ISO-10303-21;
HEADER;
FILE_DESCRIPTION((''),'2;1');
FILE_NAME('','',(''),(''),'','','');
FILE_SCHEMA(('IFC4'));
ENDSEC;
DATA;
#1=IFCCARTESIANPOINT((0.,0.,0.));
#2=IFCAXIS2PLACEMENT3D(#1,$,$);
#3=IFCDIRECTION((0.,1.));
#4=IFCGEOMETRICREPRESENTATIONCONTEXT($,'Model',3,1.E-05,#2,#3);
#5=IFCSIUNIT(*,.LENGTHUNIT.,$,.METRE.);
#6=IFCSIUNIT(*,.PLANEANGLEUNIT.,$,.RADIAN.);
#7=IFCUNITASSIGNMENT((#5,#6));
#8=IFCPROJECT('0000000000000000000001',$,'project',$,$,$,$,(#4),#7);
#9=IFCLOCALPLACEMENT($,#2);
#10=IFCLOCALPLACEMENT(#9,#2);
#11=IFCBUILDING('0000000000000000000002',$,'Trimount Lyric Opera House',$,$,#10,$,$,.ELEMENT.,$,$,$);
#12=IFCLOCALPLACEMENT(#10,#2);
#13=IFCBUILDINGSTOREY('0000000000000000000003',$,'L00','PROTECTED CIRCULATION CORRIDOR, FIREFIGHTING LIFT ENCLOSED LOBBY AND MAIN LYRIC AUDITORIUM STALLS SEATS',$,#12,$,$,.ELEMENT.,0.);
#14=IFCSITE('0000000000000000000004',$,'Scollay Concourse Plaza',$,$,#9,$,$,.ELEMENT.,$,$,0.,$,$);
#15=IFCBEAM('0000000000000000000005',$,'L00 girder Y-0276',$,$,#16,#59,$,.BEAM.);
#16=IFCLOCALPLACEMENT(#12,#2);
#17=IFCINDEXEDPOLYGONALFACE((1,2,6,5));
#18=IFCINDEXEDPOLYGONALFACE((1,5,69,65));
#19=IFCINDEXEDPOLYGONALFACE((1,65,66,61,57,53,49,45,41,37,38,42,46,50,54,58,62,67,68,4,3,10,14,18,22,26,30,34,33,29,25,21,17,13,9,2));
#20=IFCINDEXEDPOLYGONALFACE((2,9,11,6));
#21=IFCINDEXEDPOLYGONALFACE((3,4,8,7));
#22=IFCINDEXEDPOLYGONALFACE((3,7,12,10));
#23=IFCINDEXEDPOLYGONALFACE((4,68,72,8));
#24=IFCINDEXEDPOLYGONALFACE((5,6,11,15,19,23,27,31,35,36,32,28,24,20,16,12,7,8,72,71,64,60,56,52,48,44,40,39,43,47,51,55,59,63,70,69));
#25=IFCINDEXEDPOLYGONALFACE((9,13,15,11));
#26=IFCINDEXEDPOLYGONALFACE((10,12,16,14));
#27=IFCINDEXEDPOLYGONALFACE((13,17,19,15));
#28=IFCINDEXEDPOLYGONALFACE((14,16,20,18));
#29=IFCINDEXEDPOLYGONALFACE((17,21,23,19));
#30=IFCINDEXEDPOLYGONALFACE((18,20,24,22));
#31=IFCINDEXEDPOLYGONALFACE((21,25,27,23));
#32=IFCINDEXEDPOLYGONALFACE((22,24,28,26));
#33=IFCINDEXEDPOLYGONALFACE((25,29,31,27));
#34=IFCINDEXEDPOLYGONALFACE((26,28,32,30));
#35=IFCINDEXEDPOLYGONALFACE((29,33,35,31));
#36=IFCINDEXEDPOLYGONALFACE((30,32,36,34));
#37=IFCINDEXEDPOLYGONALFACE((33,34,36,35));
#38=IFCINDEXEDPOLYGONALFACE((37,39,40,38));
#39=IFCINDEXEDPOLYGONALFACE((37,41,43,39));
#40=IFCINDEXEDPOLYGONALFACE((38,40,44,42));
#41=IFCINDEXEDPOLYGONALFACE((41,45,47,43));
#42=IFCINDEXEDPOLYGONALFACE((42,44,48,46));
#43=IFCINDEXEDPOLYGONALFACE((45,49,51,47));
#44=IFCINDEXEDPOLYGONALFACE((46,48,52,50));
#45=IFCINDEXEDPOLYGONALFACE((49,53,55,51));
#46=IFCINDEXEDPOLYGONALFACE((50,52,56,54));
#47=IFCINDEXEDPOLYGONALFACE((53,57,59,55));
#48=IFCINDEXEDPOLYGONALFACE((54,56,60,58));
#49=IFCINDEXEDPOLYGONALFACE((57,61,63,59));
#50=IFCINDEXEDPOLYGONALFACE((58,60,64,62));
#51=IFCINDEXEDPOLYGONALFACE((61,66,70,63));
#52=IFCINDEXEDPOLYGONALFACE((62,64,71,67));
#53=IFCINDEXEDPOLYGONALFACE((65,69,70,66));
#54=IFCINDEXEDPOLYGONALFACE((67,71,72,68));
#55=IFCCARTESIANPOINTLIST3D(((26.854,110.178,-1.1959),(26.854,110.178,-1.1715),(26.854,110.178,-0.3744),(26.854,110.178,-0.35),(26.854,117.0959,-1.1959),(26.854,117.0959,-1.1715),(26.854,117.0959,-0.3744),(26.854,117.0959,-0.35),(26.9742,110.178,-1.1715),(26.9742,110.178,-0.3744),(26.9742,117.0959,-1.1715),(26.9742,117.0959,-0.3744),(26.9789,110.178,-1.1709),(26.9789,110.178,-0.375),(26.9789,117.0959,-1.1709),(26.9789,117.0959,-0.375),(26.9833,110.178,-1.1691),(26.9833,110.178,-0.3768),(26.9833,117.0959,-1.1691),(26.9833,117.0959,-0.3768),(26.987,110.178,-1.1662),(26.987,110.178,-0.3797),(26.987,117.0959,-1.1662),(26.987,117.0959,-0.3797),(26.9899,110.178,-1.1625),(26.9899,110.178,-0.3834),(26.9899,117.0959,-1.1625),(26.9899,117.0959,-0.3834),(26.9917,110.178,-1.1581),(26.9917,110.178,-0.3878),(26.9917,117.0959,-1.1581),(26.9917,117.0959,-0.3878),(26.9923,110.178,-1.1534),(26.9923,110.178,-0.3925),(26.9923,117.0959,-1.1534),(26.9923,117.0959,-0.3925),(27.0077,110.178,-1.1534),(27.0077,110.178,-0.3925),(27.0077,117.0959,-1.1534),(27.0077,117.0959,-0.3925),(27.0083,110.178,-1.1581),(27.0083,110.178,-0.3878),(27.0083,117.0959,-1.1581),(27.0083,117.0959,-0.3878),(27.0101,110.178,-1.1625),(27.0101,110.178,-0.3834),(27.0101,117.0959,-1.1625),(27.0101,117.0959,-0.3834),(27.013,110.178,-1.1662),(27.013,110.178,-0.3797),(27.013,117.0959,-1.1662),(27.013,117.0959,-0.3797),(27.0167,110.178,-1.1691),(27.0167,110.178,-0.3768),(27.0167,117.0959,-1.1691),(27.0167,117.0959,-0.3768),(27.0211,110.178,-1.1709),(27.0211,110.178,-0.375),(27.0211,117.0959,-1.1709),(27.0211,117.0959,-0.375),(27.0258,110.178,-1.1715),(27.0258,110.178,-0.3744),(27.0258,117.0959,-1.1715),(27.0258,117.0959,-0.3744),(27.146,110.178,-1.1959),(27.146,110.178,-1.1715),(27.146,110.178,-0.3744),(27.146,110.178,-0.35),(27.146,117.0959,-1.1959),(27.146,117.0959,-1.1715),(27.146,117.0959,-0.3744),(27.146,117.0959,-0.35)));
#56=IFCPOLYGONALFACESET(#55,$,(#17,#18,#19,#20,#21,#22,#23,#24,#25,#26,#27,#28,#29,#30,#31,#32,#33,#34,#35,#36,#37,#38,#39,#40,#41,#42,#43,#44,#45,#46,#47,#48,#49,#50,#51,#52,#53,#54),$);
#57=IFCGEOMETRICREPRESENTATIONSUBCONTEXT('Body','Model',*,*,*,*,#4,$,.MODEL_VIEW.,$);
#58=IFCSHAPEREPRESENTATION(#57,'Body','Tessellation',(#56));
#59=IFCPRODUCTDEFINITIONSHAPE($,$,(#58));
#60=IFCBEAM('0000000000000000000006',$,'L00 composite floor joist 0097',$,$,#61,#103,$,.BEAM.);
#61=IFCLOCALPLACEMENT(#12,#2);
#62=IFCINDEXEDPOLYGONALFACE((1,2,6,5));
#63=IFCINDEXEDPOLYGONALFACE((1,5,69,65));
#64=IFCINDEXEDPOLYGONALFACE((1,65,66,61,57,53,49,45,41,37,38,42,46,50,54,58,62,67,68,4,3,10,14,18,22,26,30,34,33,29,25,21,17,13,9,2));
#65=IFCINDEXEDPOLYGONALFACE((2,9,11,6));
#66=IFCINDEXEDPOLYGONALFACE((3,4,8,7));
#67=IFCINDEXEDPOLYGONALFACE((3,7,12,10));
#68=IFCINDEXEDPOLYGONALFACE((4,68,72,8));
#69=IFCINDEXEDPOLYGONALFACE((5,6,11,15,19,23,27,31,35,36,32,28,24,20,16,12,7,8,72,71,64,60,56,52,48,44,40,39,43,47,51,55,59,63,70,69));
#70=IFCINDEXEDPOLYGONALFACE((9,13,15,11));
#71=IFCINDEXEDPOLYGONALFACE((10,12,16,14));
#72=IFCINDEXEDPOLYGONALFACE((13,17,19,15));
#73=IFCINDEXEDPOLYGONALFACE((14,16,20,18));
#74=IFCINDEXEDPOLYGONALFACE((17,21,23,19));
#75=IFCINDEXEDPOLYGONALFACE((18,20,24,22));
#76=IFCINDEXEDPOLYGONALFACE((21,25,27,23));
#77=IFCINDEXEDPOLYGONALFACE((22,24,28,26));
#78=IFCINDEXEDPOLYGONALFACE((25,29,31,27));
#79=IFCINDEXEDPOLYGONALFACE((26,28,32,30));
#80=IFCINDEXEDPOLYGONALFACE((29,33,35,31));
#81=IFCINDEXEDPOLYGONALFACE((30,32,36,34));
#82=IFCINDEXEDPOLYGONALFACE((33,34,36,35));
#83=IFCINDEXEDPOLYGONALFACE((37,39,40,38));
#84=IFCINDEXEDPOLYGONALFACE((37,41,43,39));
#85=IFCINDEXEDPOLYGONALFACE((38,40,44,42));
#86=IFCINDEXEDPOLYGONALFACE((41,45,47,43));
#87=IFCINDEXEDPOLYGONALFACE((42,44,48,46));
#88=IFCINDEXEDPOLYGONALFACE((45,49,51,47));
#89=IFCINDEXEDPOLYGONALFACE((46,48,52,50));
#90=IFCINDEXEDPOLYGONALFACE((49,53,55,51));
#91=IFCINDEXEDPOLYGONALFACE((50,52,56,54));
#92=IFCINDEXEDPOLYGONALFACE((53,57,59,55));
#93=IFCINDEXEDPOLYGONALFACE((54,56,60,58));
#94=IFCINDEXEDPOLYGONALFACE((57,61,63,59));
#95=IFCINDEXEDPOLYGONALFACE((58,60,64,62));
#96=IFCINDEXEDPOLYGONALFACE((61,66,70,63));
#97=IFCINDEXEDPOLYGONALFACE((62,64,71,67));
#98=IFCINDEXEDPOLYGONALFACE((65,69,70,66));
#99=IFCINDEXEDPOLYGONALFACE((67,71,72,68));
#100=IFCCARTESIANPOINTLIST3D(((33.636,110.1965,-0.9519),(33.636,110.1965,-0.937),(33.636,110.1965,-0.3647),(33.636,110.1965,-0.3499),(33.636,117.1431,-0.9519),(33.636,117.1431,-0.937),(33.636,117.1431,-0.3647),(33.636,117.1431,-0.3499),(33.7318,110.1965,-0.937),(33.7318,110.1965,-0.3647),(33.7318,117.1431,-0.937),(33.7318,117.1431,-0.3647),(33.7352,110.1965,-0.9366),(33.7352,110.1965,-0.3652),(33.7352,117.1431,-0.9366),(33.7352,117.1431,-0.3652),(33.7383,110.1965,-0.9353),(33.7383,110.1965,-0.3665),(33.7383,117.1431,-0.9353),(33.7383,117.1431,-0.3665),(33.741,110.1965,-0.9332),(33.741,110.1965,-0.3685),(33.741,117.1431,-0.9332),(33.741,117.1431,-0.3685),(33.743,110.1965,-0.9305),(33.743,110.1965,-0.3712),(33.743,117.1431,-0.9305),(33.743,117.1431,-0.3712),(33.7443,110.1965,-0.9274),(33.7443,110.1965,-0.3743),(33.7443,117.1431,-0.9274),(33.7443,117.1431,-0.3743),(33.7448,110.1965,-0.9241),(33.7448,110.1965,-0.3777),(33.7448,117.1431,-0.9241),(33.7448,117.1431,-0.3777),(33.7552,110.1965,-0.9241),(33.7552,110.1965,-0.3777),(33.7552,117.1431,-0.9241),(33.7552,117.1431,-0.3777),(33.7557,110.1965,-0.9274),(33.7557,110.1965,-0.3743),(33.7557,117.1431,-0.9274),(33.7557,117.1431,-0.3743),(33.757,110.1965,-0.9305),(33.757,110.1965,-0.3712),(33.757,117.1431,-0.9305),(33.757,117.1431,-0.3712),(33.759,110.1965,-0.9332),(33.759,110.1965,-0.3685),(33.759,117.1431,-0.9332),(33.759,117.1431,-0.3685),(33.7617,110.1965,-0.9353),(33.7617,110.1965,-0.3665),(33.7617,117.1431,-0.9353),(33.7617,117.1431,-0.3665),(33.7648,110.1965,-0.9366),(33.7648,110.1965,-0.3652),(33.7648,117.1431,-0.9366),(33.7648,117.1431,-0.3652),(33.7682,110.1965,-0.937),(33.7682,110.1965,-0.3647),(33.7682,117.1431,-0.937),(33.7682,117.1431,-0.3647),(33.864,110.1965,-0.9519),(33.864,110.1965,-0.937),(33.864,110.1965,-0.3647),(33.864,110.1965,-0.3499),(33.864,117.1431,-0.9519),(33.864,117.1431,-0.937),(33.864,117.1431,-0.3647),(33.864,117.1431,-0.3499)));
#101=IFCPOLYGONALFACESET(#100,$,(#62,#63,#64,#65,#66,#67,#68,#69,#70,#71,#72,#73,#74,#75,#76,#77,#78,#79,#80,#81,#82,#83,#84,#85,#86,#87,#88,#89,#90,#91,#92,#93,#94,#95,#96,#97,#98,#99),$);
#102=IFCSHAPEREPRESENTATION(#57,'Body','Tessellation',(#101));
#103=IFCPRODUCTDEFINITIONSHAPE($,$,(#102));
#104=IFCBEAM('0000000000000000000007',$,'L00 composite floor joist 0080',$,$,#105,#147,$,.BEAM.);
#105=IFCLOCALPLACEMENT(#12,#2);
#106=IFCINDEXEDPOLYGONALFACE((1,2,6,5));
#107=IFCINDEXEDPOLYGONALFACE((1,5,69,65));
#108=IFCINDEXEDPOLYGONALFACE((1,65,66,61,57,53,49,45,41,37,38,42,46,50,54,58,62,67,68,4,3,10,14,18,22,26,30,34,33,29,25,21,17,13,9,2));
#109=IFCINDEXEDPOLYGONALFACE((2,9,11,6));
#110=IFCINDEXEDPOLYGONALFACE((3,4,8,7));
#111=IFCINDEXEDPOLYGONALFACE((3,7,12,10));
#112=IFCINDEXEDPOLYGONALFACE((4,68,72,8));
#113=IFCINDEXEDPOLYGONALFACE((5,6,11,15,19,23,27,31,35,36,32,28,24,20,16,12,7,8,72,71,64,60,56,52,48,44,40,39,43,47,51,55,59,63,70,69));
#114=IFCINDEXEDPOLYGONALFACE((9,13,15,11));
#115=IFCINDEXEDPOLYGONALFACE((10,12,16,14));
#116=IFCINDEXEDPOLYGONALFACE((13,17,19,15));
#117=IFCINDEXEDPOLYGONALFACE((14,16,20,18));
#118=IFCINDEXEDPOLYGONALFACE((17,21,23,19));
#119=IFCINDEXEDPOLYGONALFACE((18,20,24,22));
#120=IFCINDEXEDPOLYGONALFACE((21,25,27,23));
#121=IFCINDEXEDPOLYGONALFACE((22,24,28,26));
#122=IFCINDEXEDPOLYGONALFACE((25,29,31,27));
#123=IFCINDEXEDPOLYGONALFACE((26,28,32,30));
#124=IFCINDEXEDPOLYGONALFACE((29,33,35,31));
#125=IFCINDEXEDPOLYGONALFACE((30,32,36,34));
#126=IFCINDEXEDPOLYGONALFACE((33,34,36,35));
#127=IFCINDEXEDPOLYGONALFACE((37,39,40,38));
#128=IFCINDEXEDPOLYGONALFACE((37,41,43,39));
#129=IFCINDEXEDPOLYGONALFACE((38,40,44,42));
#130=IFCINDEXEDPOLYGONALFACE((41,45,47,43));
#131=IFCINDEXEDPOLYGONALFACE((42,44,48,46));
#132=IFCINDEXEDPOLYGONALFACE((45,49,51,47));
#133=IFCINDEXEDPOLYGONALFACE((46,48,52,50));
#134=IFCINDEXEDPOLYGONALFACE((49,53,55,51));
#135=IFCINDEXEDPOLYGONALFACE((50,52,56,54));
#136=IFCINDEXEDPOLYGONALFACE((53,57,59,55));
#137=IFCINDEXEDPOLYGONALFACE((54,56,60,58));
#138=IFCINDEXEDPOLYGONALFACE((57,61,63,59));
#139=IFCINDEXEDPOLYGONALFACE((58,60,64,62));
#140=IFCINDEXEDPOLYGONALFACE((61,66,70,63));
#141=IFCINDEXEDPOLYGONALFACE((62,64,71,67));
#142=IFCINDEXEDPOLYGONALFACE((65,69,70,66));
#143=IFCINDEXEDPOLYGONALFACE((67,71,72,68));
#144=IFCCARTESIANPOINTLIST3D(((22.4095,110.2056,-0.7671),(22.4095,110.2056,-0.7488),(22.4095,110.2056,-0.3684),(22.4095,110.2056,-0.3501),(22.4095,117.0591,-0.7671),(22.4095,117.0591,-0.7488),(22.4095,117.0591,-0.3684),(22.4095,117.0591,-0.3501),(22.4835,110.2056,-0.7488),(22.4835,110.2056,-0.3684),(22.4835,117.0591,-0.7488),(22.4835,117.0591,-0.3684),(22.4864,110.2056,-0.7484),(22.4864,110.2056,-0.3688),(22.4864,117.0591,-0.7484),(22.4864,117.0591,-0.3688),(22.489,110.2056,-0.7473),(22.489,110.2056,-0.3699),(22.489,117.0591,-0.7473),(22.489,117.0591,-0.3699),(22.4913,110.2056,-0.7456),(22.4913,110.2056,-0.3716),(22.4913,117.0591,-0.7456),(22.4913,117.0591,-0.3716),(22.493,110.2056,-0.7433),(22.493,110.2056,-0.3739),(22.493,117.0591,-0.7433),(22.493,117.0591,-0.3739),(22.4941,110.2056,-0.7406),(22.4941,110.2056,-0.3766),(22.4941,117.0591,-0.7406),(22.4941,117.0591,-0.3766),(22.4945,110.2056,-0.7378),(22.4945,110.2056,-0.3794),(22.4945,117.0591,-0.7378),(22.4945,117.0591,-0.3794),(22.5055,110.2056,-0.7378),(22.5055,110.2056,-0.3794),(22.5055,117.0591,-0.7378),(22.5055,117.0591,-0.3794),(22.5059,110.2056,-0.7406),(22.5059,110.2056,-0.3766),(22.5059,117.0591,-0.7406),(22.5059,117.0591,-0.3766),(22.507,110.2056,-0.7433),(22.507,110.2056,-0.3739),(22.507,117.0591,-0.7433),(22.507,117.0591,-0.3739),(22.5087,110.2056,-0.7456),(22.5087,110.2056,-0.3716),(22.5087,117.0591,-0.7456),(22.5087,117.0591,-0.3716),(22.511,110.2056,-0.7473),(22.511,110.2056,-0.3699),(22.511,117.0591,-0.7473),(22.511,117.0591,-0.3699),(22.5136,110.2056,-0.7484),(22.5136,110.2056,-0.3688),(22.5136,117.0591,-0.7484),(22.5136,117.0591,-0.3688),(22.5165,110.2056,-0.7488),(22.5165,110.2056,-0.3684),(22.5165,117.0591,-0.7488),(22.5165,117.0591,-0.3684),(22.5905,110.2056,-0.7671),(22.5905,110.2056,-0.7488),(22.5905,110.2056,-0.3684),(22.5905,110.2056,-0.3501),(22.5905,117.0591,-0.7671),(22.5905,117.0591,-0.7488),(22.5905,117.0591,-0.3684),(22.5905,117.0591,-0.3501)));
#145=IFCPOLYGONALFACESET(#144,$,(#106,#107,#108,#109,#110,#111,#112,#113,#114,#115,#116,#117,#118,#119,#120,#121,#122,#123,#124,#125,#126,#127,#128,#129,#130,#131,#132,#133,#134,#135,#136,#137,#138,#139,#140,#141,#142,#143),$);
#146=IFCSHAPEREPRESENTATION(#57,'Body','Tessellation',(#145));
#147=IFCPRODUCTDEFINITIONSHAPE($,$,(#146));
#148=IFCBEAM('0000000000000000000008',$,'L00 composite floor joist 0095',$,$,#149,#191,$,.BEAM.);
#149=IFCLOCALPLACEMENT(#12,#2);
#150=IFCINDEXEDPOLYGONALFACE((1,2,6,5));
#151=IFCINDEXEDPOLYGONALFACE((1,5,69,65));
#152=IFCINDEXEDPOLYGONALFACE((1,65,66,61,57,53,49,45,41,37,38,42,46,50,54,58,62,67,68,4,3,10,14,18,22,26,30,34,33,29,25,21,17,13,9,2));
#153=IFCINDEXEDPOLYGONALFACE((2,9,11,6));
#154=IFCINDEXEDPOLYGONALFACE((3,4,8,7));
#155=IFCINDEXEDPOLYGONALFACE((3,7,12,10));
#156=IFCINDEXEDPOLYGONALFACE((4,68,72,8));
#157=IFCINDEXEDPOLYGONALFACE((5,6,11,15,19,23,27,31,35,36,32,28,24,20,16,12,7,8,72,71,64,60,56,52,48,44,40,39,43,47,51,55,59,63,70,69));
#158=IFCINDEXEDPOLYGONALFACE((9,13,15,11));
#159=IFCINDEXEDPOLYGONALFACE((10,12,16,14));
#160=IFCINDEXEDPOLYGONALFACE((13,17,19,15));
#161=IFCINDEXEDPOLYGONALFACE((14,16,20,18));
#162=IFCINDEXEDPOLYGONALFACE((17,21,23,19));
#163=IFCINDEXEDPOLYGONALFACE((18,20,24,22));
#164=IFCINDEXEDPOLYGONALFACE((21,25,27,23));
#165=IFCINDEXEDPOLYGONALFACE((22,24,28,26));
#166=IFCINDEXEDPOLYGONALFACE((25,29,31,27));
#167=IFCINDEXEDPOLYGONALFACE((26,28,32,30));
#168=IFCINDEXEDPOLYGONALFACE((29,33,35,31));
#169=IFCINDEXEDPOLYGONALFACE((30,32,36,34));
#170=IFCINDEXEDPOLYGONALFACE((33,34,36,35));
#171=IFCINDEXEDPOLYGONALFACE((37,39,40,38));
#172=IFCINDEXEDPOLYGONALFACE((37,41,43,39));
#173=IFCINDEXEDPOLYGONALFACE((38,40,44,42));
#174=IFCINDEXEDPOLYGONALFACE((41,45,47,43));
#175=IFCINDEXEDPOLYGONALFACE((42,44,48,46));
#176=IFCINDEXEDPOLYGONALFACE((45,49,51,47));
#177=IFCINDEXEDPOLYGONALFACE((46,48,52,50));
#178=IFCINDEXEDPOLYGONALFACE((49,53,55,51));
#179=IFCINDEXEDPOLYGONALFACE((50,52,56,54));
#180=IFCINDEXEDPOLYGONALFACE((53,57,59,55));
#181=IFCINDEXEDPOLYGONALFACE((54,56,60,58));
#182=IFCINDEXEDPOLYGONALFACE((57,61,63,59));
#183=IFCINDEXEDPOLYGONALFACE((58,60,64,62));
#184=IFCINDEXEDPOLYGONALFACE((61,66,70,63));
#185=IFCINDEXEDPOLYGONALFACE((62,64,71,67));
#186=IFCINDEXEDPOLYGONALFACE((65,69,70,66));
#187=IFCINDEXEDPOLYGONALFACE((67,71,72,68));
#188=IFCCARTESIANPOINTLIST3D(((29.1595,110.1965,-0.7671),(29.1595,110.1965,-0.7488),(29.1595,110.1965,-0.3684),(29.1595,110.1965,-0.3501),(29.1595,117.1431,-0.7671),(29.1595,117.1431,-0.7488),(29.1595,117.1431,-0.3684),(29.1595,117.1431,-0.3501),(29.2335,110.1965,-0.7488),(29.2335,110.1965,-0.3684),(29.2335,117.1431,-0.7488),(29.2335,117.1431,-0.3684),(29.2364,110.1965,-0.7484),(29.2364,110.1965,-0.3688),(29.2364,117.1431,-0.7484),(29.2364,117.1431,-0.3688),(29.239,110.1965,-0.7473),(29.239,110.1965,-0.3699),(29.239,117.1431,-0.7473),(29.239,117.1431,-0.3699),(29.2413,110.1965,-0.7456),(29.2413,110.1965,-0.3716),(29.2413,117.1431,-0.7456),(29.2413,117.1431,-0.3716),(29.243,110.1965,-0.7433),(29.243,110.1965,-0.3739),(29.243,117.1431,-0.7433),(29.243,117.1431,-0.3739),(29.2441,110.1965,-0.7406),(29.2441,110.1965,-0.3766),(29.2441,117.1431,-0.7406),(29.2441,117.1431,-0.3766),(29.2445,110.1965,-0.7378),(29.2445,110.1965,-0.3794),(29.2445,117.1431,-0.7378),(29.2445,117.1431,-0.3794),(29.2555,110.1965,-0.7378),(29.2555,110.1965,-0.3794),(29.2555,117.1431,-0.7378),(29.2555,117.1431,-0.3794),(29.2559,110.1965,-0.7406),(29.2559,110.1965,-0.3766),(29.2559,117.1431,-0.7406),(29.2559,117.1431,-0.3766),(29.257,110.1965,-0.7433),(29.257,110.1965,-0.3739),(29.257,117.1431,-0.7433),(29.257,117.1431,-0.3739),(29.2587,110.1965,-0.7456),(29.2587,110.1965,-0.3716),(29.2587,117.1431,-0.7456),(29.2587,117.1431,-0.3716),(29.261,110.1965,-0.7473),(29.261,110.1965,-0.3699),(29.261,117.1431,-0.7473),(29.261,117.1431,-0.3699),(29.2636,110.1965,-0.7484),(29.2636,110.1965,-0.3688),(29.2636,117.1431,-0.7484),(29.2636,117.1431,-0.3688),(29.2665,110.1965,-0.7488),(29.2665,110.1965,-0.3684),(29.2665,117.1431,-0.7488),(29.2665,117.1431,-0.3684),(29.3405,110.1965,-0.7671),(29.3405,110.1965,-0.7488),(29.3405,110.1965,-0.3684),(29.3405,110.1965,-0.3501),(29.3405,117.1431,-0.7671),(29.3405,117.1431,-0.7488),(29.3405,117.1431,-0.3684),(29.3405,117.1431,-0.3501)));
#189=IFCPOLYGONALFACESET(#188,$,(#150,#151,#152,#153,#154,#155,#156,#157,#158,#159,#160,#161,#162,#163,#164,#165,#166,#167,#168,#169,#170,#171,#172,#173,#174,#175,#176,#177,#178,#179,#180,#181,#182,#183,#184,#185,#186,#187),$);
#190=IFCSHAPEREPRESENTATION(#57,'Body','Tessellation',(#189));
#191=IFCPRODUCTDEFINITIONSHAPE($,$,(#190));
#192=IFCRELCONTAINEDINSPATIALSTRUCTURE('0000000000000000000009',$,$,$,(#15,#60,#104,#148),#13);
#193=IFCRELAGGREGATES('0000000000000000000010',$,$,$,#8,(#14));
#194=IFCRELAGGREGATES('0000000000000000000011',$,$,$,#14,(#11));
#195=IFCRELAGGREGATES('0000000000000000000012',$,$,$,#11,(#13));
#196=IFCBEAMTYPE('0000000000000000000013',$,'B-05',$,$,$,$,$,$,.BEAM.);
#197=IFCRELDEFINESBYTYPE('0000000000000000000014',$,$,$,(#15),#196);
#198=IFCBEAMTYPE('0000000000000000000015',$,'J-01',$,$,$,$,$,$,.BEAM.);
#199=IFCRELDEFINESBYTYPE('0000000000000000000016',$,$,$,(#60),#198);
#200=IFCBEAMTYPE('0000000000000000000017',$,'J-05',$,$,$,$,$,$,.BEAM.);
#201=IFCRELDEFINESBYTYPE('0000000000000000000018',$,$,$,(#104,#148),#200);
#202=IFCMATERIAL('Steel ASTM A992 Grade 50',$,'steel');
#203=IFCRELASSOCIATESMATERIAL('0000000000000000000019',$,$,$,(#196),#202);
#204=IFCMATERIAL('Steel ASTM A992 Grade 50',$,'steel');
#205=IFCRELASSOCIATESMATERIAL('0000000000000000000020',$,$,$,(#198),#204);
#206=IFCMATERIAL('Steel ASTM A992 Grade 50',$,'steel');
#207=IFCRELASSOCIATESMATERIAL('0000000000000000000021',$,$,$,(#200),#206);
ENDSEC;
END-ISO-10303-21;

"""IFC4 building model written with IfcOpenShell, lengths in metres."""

from ifc_helpers import new_model, si_unit, direction, frame, origin, origin_2d, place, context, subcontext, project, spatial, i_section, extrude, material, material_profile, profile_set, type_object, element, save


model = new_model("IFC4")

# Units and contexts
model_context = context("Model", 3, precision=1e-05, world=origin(), true_north=direction((0.0, 1.0)))
body_context = subcontext(model_context, "Body", "Model", "MODEL_VIEW")
ifc_project = project(units=[si_unit("LENGTHUNIT", "METRE"), si_unit("PLANEANGLEUNIT", "RADIAN")], contexts=[model_context])

# Site, building, storey
site_placement = place(None, origin())
site = spatial("IfcSite", under=ifc_project, at=site_placement, Name="Scollay Concourse Plaza", CompositionType="ELEMENT", RefElevation=0.0)
building_placement = place(site_placement, origin())
building = spatial("IfcBuilding", under=site, at=building_placement, Name="Trimount Lyric Opera House", CompositionType="ELEMENT")
storey_placement = place(building_placement, origin())
storey = spatial("IfcBuildingStorey", under=building, at=storey_placement, Name="L00", Description="PROTECTED CIRCULATION CORRIDOR, FIREFIGHTING LIFT ENCLOSED LOBBY AND MAIN LYRIC AUDITORIUM STALLS SEATS", CompositionType="ELEMENT", Elevation=0.0)

# Beams
ifc_material_1 = material(Name="Steel ASTM A992 Grade 50", Category="steel")
ifc_material_profile_1 = material_profile(ifc_material_1, i_section(OverallWidth=0.292, OverallDepth=0.8459, WebThickness=0.0154, FlangeThickness=0.0244, FilletRadius=0.0181, at=origin_2d()), Name="W33X141")
ifc_profile_set_1 = profile_set([ifc_material_profile_1], Name="Steel ASTM A992 Grade 50")
beam_type_1 = type_object("IfcBeamType", Name="B-05", PredefinedType="BEAM", material=ifc_profile_set_1)
beam_1_placement = place(storey_placement, frame((27.0, 110.178, -0.7729), z_axis=(0.0, 1.0, 0.0), x_axis=(-1.0, 0.0, 0.0)))
element("IfcBeam", 1, at=beam_1_placement, inside=storey, type_object=beam_type_1, Name="L00 girder Y-0276", PredefinedType="BEAM", context=body_context, shape_type="SweptSolid", body=[
    extrude(i_section(OverallWidth=0.292, OverallDepth=0.8459, WebThickness=0.0154, FlangeThickness=0.0244, FilletRadius=0.0181, at=origin_2d()), origin(), (0.0, 0.0, 1.0), 6.918),
])
ifc_material_2 = material(Name="Steel ASTM A992 Grade 50", Category="steel")
ifc_material_profile_2 = material_profile(ifc_material_2, i_section(OverallWidth=0.228, OverallDepth=0.6021, WebThickness=0.0105, FlangeThickness=0.0149, FilletRadius=0.0129, at=origin_2d()), Name="W24X68")
ifc_profile_set_2 = profile_set([ifc_material_profile_2], Name="Steel ASTM A992 Grade 50")
beam_type_2 = type_object("IfcBeamType", Name="J-01", PredefinedType="BEAM", material=ifc_profile_set_2)
beam_2_placement = place(storey_placement, frame((33.75, 110.1965, -0.6509), z_axis=(0.0, 1.0, 0.0), x_axis=(-1.0, 0.0, 0.0)))
element("IfcBeam", 2, at=beam_2_placement, inside=storey, type_object=beam_type_2, Name="L00 composite floor joist 0097", PredefinedType="BEAM", context=body_context, shape_type="SweptSolid", body=[
    extrude(i_section(OverallWidth=0.228, OverallDepth=0.6021, WebThickness=0.0105, FlangeThickness=0.0149, FilletRadius=0.0129, at=origin_2d()), origin(), (0.0, 0.0, 1.0), 6.9465),
])
ifc_material_3 = material(Name="Steel ASTM A992 Grade 50", Category="steel")
ifc_material_profile_3 = material_profile(ifc_material_3, i_section(OverallWidth=0.1809, OverallDepth=0.417, WebThickness=0.011, FlangeThickness=0.0183, FilletRadius=0.011, at=origin_2d()), Name="W16X57")
ifc_profile_set_3 = profile_set([ifc_material_profile_3], Name="Steel ASTM A992 Grade 50")
beam_type_3 = type_object("IfcBeamType", Name="J-05", PredefinedType="BEAM", material=ifc_profile_set_3)
beam_3_placement = place(storey_placement, frame((22.5, 110.2056, -0.5586), z_axis=(0.0, 1.0, 0.0), x_axis=(-1.0, 0.0, 0.0)))
element("IfcBeam", 3, at=beam_3_placement, inside=storey, type_object=beam_type_3, Name="L00 composite floor joist 0080", PredefinedType="BEAM", context=body_context, shape_type="SweptSolid", body=[
    extrude(i_section(OverallWidth=0.1809, OverallDepth=0.417, WebThickness=0.011, FlangeThickness=0.0183, FilletRadius=0.011, at=origin_2d()), origin(), (0.0, 0.0, 1.0), 6.8535),
])
beam_4_placement = place(storey_placement, frame((29.25, 110.1965, -0.5586), z_axis=(0.0, 1.0, 0.0), x_axis=(-1.0, 0.0, 0.0)))
element("IfcBeam", 4, at=beam_4_placement, inside=storey, type_object=beam_type_3, Name="L00 composite floor joist 0095", PredefinedType="BEAM", context=body_context, shape_type="SweptSolid", body=[
    extrude(i_section(OverallWidth=0.1809, OverallDepth=0.417, WebThickness=0.011, FlangeThickness=0.0183, FilletRadius=0.011, at=origin_2d()), origin(), (0.0, 0.0, 1.0), 6.9465),
])

save(model, "model.ifc")
